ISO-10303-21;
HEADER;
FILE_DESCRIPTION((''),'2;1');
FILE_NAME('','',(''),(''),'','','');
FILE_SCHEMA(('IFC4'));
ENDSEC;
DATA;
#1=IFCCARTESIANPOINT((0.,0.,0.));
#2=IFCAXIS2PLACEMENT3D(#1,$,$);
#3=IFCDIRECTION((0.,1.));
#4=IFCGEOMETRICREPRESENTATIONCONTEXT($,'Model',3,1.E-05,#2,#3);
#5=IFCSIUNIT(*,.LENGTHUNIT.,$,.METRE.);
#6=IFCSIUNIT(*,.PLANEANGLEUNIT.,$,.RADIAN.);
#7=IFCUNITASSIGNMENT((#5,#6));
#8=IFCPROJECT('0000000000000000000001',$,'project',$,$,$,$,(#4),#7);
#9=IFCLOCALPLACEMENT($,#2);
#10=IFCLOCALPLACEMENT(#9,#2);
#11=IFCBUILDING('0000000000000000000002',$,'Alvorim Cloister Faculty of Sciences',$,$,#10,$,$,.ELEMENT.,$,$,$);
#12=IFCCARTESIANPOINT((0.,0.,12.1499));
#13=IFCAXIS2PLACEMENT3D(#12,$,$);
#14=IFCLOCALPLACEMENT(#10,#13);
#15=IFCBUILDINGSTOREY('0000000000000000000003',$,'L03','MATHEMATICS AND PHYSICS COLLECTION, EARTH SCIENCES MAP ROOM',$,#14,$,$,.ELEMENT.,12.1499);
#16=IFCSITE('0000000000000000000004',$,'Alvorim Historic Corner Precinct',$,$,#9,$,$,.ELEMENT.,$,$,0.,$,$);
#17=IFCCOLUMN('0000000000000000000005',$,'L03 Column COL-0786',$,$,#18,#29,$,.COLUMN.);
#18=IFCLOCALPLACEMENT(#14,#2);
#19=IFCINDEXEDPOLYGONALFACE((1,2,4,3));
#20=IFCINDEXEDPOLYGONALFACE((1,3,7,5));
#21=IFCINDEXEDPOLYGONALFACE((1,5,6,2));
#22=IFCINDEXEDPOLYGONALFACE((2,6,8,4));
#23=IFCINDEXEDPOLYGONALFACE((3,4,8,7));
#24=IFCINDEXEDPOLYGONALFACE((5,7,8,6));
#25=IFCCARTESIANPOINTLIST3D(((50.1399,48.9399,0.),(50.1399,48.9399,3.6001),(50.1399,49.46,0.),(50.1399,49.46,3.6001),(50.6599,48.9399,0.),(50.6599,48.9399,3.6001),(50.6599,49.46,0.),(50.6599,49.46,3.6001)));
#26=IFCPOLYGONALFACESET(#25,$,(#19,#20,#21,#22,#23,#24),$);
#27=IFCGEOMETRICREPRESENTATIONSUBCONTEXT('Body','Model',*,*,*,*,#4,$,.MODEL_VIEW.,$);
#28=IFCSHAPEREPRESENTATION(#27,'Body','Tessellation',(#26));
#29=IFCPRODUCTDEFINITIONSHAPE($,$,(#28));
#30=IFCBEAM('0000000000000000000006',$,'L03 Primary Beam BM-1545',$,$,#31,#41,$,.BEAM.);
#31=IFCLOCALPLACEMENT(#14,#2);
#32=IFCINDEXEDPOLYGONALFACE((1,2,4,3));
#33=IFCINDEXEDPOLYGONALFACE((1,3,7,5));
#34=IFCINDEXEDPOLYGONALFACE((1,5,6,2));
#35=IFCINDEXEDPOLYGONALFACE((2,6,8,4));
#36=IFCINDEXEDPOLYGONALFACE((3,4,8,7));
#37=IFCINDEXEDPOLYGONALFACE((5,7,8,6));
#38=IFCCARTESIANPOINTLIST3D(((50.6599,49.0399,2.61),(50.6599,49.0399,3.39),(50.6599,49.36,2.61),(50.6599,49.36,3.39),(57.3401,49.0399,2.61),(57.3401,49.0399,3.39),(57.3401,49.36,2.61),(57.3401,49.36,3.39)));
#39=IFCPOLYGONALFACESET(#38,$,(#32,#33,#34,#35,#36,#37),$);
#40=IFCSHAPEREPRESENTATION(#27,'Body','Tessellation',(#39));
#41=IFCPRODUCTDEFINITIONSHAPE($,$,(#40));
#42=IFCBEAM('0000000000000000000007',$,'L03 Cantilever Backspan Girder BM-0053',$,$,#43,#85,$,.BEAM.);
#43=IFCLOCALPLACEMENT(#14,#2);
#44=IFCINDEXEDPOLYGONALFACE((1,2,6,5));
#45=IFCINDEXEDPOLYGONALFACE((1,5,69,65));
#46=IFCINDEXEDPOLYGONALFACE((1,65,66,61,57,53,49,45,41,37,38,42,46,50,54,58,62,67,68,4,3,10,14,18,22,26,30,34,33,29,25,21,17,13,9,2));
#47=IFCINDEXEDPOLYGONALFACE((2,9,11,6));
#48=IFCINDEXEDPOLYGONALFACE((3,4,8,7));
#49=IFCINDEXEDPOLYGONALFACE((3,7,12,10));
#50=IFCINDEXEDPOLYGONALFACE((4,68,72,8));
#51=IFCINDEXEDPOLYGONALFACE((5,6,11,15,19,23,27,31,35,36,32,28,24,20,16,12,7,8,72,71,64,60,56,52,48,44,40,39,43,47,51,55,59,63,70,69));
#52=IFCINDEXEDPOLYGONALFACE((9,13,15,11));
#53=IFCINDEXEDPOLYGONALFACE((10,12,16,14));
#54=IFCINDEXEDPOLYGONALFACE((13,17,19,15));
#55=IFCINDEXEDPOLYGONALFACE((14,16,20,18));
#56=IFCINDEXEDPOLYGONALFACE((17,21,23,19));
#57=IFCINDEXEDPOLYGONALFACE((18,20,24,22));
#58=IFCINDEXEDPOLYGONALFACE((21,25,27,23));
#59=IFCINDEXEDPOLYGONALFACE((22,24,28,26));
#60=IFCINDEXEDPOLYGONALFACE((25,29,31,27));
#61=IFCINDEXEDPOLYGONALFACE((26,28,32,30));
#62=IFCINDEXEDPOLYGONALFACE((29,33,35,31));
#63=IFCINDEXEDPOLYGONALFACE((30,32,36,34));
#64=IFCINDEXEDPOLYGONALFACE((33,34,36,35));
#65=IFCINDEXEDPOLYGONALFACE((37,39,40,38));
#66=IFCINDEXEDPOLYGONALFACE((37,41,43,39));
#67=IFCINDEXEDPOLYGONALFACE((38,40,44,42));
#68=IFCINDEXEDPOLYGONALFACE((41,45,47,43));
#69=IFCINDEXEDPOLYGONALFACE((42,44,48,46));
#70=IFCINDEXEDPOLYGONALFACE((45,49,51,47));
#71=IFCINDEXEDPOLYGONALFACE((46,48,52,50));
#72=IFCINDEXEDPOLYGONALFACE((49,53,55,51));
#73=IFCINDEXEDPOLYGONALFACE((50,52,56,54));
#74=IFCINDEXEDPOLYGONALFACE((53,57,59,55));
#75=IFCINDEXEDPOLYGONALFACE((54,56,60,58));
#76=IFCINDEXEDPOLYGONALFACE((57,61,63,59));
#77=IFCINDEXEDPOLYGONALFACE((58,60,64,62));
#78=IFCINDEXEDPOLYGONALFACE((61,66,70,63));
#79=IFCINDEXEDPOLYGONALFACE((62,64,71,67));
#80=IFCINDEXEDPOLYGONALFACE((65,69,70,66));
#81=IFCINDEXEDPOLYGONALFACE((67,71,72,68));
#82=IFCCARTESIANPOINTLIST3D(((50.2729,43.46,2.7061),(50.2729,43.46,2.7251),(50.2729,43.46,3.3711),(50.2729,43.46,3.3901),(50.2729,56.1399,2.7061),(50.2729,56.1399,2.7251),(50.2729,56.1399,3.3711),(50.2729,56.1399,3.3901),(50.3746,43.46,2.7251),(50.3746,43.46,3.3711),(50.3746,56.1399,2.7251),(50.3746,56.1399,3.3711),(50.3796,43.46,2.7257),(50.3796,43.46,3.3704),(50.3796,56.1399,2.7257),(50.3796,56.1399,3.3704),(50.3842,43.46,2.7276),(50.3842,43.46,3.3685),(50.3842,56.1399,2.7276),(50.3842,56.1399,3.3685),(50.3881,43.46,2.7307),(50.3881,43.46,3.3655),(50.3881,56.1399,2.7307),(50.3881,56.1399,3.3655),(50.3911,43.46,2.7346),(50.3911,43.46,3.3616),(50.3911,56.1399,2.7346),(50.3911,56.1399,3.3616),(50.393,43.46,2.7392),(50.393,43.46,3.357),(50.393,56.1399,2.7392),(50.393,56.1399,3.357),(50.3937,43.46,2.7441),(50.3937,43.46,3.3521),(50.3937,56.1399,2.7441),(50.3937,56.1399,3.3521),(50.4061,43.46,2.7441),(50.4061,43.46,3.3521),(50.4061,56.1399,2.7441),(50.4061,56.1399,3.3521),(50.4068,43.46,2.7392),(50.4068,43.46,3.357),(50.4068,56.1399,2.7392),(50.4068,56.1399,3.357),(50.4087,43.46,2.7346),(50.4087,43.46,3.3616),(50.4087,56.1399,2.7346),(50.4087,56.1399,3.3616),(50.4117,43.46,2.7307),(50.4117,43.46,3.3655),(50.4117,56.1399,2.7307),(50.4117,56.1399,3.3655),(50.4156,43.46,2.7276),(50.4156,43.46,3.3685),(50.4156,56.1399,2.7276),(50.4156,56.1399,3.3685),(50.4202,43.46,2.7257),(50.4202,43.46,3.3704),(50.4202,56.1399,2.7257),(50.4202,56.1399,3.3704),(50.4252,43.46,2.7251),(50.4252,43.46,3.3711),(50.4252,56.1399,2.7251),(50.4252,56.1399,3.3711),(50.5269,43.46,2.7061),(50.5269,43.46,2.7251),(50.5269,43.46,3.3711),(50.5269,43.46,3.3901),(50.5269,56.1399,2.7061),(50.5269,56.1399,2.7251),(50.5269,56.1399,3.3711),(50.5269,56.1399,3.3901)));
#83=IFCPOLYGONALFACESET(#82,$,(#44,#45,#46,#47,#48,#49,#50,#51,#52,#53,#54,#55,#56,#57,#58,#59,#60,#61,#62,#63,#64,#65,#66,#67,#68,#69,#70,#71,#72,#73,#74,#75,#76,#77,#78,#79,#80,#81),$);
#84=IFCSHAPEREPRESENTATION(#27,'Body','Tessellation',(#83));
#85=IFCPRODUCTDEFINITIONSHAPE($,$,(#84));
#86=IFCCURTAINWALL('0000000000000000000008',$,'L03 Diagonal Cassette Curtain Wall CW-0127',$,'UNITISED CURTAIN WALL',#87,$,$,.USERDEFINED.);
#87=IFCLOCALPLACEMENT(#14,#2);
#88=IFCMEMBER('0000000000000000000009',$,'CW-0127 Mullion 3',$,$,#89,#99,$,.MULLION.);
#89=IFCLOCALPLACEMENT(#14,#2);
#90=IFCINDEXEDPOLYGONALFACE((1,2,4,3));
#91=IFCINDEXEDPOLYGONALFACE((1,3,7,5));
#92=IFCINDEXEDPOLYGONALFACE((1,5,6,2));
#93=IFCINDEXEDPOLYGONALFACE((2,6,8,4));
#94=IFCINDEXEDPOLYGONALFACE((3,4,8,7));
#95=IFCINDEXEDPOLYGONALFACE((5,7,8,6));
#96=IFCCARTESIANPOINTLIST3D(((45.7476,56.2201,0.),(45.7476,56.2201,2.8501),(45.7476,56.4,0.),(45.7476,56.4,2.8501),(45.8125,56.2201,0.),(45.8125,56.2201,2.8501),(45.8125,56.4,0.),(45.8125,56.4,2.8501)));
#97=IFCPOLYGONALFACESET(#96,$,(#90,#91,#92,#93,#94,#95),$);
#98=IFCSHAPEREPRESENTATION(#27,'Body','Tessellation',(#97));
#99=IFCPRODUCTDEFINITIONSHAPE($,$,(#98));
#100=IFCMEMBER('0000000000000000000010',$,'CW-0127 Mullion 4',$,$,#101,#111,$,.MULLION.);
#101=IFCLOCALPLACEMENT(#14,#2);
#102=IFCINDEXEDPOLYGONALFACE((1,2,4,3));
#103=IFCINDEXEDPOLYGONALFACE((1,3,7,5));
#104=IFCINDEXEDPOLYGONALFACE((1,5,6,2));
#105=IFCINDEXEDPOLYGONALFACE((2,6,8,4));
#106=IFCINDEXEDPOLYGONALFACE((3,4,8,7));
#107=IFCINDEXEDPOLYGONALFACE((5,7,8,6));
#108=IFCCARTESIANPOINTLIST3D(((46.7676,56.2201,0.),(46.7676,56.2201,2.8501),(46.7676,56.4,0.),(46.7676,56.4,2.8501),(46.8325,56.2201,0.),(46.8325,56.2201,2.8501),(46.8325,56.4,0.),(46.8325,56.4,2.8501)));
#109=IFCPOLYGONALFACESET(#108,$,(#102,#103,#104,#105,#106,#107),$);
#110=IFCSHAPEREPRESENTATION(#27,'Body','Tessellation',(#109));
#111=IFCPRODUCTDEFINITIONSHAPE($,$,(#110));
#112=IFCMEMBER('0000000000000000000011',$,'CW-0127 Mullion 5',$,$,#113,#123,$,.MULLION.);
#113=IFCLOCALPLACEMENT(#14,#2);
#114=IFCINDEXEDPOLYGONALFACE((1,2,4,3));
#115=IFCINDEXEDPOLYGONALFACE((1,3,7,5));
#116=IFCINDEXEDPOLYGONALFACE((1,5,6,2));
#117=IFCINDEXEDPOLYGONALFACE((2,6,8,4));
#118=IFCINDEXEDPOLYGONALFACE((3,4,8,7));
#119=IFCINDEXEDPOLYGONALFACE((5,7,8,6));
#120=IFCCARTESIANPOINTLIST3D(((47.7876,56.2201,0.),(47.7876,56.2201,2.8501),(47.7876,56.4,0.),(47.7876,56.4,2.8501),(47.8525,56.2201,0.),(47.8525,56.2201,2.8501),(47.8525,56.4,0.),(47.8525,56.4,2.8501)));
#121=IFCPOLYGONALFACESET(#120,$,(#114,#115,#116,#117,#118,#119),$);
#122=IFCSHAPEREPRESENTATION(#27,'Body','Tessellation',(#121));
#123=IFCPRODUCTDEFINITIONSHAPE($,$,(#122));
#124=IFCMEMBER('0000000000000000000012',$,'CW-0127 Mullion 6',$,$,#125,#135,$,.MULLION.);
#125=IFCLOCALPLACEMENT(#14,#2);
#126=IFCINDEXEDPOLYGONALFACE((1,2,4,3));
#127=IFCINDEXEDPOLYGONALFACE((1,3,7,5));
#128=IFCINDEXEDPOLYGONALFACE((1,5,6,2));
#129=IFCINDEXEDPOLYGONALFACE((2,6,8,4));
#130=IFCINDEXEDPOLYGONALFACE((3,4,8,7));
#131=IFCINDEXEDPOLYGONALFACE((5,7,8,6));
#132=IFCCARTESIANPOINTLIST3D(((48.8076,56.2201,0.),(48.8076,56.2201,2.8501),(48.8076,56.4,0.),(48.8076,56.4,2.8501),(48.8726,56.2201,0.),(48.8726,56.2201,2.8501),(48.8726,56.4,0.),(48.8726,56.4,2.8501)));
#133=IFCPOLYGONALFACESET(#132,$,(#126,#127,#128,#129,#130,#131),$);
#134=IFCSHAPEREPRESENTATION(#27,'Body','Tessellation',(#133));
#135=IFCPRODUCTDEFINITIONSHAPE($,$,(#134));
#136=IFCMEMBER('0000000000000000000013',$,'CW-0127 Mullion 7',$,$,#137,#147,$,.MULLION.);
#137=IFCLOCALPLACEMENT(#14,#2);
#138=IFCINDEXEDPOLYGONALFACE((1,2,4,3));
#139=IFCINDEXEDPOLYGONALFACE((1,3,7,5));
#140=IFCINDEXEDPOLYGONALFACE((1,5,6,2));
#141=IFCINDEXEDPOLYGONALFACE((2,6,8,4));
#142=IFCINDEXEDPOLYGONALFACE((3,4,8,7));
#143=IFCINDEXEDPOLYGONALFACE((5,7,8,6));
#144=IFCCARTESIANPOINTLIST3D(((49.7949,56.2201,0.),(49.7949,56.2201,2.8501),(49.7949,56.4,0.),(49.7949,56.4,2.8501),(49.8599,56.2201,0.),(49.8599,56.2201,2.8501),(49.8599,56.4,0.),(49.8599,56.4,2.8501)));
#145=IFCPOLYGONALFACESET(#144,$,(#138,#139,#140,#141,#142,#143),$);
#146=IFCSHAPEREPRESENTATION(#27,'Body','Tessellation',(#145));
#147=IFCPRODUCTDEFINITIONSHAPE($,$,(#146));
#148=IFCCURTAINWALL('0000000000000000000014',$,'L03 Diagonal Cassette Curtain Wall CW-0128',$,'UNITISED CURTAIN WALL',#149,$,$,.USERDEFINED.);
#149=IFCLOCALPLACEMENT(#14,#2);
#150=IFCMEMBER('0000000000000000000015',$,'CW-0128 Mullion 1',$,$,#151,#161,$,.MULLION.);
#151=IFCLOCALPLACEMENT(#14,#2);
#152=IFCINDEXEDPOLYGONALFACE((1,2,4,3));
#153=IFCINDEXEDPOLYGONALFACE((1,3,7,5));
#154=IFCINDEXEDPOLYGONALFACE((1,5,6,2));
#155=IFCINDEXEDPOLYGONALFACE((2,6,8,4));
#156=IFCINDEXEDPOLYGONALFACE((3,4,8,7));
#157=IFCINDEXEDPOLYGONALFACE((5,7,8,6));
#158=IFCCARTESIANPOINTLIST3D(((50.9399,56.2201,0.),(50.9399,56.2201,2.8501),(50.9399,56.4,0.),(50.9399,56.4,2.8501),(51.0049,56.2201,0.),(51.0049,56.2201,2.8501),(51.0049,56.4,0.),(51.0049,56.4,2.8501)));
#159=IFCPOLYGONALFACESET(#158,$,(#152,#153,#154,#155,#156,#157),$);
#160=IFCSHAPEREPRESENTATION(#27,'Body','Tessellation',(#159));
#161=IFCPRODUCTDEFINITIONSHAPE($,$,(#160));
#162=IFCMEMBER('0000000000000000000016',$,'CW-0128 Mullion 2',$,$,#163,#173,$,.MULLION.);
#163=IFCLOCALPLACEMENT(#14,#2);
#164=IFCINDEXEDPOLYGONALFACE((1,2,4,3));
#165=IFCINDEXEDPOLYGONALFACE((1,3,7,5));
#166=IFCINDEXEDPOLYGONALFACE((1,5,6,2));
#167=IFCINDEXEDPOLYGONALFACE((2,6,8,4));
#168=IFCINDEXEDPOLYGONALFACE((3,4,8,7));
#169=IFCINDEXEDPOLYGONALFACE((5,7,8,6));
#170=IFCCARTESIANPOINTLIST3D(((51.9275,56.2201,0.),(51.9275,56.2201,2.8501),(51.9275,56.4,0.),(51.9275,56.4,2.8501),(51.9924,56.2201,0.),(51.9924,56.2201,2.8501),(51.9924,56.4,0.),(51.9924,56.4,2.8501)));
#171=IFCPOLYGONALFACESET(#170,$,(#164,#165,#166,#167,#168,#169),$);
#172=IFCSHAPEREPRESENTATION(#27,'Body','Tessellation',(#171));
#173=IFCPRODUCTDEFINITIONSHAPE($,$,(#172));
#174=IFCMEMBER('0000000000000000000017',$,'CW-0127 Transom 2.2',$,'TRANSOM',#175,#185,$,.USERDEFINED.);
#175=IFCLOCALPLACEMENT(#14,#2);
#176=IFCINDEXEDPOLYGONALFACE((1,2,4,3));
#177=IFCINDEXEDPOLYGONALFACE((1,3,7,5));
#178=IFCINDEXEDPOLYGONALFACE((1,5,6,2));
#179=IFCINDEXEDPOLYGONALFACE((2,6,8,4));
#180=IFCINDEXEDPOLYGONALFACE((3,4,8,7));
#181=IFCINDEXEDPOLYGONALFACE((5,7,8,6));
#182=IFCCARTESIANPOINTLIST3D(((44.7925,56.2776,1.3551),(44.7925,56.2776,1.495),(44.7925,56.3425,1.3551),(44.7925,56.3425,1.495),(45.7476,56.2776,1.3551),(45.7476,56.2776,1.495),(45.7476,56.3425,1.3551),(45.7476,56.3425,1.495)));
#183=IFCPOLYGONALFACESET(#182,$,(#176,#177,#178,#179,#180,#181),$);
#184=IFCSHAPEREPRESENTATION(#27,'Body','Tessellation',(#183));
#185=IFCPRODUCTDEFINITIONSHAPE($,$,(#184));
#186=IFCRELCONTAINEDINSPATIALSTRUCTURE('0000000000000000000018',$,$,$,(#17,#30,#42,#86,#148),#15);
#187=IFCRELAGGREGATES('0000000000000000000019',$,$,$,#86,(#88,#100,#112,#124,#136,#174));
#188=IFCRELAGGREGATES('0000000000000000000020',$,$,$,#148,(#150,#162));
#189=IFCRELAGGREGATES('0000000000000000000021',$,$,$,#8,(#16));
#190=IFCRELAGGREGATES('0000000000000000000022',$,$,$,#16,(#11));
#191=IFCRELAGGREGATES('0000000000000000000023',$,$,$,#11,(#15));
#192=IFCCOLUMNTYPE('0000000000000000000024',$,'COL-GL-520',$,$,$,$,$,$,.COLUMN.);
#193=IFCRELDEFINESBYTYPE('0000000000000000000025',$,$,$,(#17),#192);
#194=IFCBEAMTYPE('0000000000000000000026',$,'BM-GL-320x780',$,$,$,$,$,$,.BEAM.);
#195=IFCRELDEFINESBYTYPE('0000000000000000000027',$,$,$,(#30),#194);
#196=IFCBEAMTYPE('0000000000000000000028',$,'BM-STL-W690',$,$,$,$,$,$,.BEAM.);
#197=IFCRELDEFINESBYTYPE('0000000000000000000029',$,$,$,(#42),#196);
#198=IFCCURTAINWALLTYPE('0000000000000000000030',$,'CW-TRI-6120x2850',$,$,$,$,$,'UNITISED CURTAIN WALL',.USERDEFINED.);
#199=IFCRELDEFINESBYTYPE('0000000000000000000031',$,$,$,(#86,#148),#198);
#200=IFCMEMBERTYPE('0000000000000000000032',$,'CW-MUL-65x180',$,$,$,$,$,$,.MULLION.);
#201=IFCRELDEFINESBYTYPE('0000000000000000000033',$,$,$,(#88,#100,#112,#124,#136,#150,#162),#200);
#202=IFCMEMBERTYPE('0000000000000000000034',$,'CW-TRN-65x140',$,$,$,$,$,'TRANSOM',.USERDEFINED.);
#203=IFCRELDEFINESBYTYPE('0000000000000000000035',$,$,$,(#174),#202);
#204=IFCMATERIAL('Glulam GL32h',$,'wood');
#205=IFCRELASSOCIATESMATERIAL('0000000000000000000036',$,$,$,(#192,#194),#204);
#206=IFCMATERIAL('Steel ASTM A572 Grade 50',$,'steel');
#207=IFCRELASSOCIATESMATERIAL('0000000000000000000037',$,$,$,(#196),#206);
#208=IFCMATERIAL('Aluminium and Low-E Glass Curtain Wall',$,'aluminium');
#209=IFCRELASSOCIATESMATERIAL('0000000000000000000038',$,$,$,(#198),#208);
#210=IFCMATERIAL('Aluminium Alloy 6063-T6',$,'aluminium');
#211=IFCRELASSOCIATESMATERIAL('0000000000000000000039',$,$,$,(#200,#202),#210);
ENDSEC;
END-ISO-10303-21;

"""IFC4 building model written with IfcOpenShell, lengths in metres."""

from ifc_helpers import new_model, si_unit, direction, frame, origin, origin_2d, place, context, subcontext, project, spatial, rectangle, i_section, extrude, material, material_profile, profile_set, type_object, element, aggregate, save


model = new_model("IFC4")

# Units and contexts
model_context = context("Model", 3, precision=1e-05, world=origin(), true_north=direction((0.0, 1.0)))
body_context = subcontext(model_context, "Body", "Model", "MODEL_VIEW")
ifc_project = project(units=[si_unit("LENGTHUNIT", "METRE"), si_unit("PLANEANGLEUNIT", "RADIAN")], contexts=[model_context])

# Site, building, storey
site_placement = place(None, origin())
site = spatial("IfcSite", under=ifc_project, at=site_placement, Name="Alvorim Historic Corner Precinct", CompositionType="ELEMENT", RefElevation=0.0)
building_placement = place(site_placement, origin())
building = spatial("IfcBuilding", under=site, at=building_placement, Name="Alvorim Cloister Faculty of Sciences", CompositionType="ELEMENT")
storey_placement = place(building_placement, frame((0.0, 0.0, 12.1499)))
storey = spatial("IfcBuildingStorey", under=building, at=storey_placement, Name="L03", Description="MATHEMATICS AND PHYSICS COLLECTION, EARTH SCIENCES MAP ROOM", CompositionType="ELEMENT", Elevation=12.1499)

# Column
ifc_material_1 = material(Name="Glulam GL32h", Category="wood")
ifc_material_profile_1 = material_profile(ifc_material_1, rectangle(XDim=0.52, YDim=0.52, at=origin_2d()), Name="GL32-COL-520x520")
ifc_profile_set_1 = profile_set([ifc_material_profile_1], Name="Glulam GL32h")
column_type = type_object("IfcColumnType", Name="COL-GL-520", PredefinedType="COLUMN", material=ifc_profile_set_1)
column_placement = place(storey_placement, frame((50.3999, 49.2, 0.0), z_axis=(0.0, 0.0, 1.0), x_axis=(1.0, 0.0, 0.0)))
element("IfcColumn", 1, at=column_placement, inside=storey, type_object=column_type, Name="L03 Column COL-0786", PredefinedType="COLUMN", context=body_context, shape_type="SweptSolid", body=[
    extrude(rectangle(XDim=0.52, YDim=0.52, at=origin_2d()), origin(), (0.0, 0.0, 1.0), 3.6001),
])

# Beams
ifc_material_profile_2 = material_profile(ifc_material_1, rectangle(XDim=0.3201, YDim=0.78, at=origin_2d()), Name="GL32-BM-320x780")
ifc_profile_set_2 = profile_set([ifc_material_profile_2], Name="Glulam GL32h")
beam_type_1 = type_object("IfcBeamType", Name="BM-GL-320x780", PredefinedType="BEAM", material=ifc_profile_set_2)
beam_1_placement = place(storey_placement, frame((50.6599, 49.2, 3.0), z_axis=(1.0, 0.0, 0.0), x_axis=(0.0, 1.0, 0.0)))
element("IfcBeam", 2, at=beam_1_placement, inside=storey, type_object=beam_type_1, Name="L03 Primary Beam BM-1545", PredefinedType="BEAM", context=body_context, shape_type="SweptSolid", body=[
    extrude(rectangle(XDim=0.3201, YDim=0.78, at=origin_2d()), origin(), (0.0, 0.0, 1.0), 6.6802),
])
ifc_material_2 = material(Name="Steel ASTM A572 Grade 50", Category="steel")
ifc_material_profile_3 = material_profile(ifc_material_2, i_section(OverallWidth=0.2539, OverallDepth=0.6841, WebThickness=0.0125, FlangeThickness=0.019, FilletRadius=0.019, at=origin_2d()), Name="W690x140.0")
ifc_profile_set_3 = profile_set([ifc_material_profile_3], Name="Steel ASTM A572 Grade 50")
beam_type_2 = type_object("IfcBeamType", Name="BM-STL-W690", PredefinedType="BEAM", material=ifc_profile_set_3)
beam_2_placement = place(storey_placement, frame((50.3999, 43.46, 3.0481), z_axis=(0.0, 1.0, 0.0), x_axis=(-1.0, 0.0, 0.0)))
element("IfcBeam", 3, at=beam_2_placement, inside=storey, type_object=beam_type_2, Name="L03 Cantilever Backspan Girder BM-0053", PredefinedType="BEAM", context=body_context, shape_type="SweptSolid", body=[
    extrude(i_section(OverallWidth=0.2539, OverallDepth=0.6841, WebThickness=0.0125, FlangeThickness=0.019, FilletRadius=0.019, at=origin_2d()), origin(), (0.0, 0.0, 1.0), 12.6799),
])

# Curtain walls, members
ifc_material_3 = material(Name="Aluminium and Low-E Glass Curtain Wall", Category="aluminium")
curtain_wall_type = type_object("IfcCurtainWallType", Name="CW-TRI-6120x2850", ElementType="UNITISED CURTAIN WALL", PredefinedType="USERDEFINED", material=ifc_material_3)
curtain_wall_1_placement = place(storey_placement, origin())
curtain_wall_1 = element("IfcCurtainWall", 4, at=curtain_wall_1_placement, inside=storey, type_object=curtain_wall_type, Name="L03 Diagonal Cassette Curtain Wall CW-0127", ObjectType="UNITISED CURTAIN WALL", PredefinedType="USERDEFINED")
ifc_material_4 = material(Name="Aluminium Alloy 6063-T6", Category="aluminium")
ifc_material_profile_4 = material_profile(ifc_material_4, rectangle(XDim=0.0649, YDim=0.1799, at=origin_2d()), Name="ALU-MUL-65x180")
ifc_profile_set_4 = profile_set([ifc_material_profile_4], Name="Aluminium Alloy 6063-T6")
member_type_1 = type_object("IfcMemberType", Name="CW-MUL-65x180", PredefinedType="MULLION", material=ifc_profile_set_4)
member_1_placement = place(storey_placement, frame((45.78, 56.3101, 0.0), z_axis=(0.0, 0.0, 1.0), x_axis=(1.0, 0.0, 0.0)))
member_1 = element("IfcMember", 5, at=member_1_placement, type_object=member_type_1, Name="CW-0127 Mullion 3", PredefinedType="MULLION", context=body_context, shape_type="SweptSolid", body=[
    extrude(rectangle(XDim=0.0649, YDim=0.1799, at=origin_2d()), origin(), (0.0, 0.0, 1.0), 2.8501),
])
member_2_placement = place(storey_placement, frame((46.8, 56.3101, 0.0), z_axis=(0.0, 0.0, 1.0), x_axis=(1.0, 0.0, 0.0)))
member_2 = element("IfcMember", 6, at=member_2_placement, type_object=member_type_1, Name="CW-0127 Mullion 4", PredefinedType="MULLION", context=body_context, shape_type="SweptSolid", body=[
    extrude(rectangle(XDim=0.0649, YDim=0.1799, at=origin_2d()), origin(), (0.0, 0.0, 1.0), 2.8501),
])
member_3_placement = place(storey_placement, frame((47.8201, 56.3101, 0.0), z_axis=(0.0, 0.0, 1.0), x_axis=(1.0, 0.0, 0.0)))
member_3 = element("IfcMember", 7, at=member_3_placement, type_object=member_type_1, Name="CW-0127 Mullion 5", PredefinedType="MULLION", context=body_context, shape_type="SweptSolid", body=[
    extrude(rectangle(XDim=0.0649, YDim=0.1799, at=origin_2d()), origin(), (0.0, 0.0, 1.0), 2.8501),
])
member_4_placement = place(storey_placement, frame((48.8401, 56.3101, 0.0), z_axis=(0.0, 0.0, 1.0), x_axis=(1.0, 0.0, 0.0)))
member_4 = element("IfcMember", 8, at=member_4_placement, type_object=member_type_1, Name="CW-0127 Mullion 6", PredefinedType="MULLION", context=body_context, shape_type="SweptSolid", body=[
    extrude(rectangle(XDim=0.0649, YDim=0.1799, at=origin_2d()), origin(), (0.0, 0.0, 1.0), 2.8501),
])
member_5_placement = place(storey_placement, frame((49.8274, 56.3101, 0.0), z_axis=(0.0, 0.0, 1.0), x_axis=(1.0, 0.0, 0.0)))
member_5 = element("IfcMember", 9, at=member_5_placement, type_object=member_type_1, Name="CW-0127 Mullion 7", PredefinedType="MULLION", context=body_context, shape_type="SweptSolid", body=[
    extrude(rectangle(XDim=0.0649, YDim=0.1799, at=origin_2d()), origin(), (0.0, 0.0, 1.0), 2.8501),
])
curtain_wall_2_placement = place(storey_placement, origin())
curtain_wall_2 = element("IfcCurtainWall", 10, at=curtain_wall_2_placement, inside=storey, type_object=curtain_wall_type, Name="L03 Diagonal Cassette Curtain Wall CW-0128", ObjectType="UNITISED CURTAIN WALL", PredefinedType="USERDEFINED")
member_6_placement = place(storey_placement, frame((50.9724, 56.3101, 0.0), z_axis=(0.0, 0.0, 1.0), x_axis=(1.0, 0.0, 0.0)))
member_6 = element("IfcMember", 11, at=member_6_placement, type_object=member_type_1, Name="CW-0128 Mullion 1", PredefinedType="MULLION", context=body_context, shape_type="SweptSolid", body=[
    extrude(rectangle(XDim=0.0649, YDim=0.1799, at=origin_2d()), origin(), (0.0, 0.0, 1.0), 2.8501),
])
member_7_placement = place(storey_placement, frame((51.96, 56.3101, 0.0), z_axis=(0.0, 0.0, 1.0), x_axis=(1.0, 0.0, 0.0)))
member_7 = element("IfcMember", 12, at=member_7_placement, type_object=member_type_1, Name="CW-0128 Mullion 2", PredefinedType="MULLION", context=body_context, shape_type="SweptSolid", body=[
    extrude(rectangle(XDim=0.0649, YDim=0.1799, at=origin_2d()), origin(), (0.0, 0.0, 1.0), 2.8501),
])

# Member
ifc_material_profile_5 = material_profile(ifc_material_4, rectangle(XDim=0.0649, YDim=0.1399, at=origin_2d()), Name="ALU-TRN-65x140")
ifc_profile_set_5 = profile_set([ifc_material_profile_5], Name="Aluminium Alloy 6063-T6")
member_type_2 = type_object("IfcMemberType", Name="CW-TRN-65x140", ElementType="TRANSOM", PredefinedType="USERDEFINED", material=ifc_profile_set_5)
member_8_placement = place(storey_placement, frame((44.7925, 56.3101, 1.425), z_axis=(1.0, 0.0, 0.0), x_axis=(0.0, 1.0, 0.0)))
member_8 = element("IfcMember", 13, at=member_8_placement, type_object=member_type_2, Name="CW-0127 Transom 2.2", ObjectType="TRANSOM", PredefinedType="USERDEFINED", context=body_context, shape_type="SweptSolid", body=[
    extrude(rectangle(XDim=0.0649, YDim=0.1399, at=origin_2d()), origin(), (0.0, 0.0, 1.0), 0.9551),
])
aggregate(curtain_wall_1, [member_1, member_2, member_3, member_4, member_5, member_8])
aggregate(curtain_wall_2, [member_6, member_7])

save(model, "model.ifc")
